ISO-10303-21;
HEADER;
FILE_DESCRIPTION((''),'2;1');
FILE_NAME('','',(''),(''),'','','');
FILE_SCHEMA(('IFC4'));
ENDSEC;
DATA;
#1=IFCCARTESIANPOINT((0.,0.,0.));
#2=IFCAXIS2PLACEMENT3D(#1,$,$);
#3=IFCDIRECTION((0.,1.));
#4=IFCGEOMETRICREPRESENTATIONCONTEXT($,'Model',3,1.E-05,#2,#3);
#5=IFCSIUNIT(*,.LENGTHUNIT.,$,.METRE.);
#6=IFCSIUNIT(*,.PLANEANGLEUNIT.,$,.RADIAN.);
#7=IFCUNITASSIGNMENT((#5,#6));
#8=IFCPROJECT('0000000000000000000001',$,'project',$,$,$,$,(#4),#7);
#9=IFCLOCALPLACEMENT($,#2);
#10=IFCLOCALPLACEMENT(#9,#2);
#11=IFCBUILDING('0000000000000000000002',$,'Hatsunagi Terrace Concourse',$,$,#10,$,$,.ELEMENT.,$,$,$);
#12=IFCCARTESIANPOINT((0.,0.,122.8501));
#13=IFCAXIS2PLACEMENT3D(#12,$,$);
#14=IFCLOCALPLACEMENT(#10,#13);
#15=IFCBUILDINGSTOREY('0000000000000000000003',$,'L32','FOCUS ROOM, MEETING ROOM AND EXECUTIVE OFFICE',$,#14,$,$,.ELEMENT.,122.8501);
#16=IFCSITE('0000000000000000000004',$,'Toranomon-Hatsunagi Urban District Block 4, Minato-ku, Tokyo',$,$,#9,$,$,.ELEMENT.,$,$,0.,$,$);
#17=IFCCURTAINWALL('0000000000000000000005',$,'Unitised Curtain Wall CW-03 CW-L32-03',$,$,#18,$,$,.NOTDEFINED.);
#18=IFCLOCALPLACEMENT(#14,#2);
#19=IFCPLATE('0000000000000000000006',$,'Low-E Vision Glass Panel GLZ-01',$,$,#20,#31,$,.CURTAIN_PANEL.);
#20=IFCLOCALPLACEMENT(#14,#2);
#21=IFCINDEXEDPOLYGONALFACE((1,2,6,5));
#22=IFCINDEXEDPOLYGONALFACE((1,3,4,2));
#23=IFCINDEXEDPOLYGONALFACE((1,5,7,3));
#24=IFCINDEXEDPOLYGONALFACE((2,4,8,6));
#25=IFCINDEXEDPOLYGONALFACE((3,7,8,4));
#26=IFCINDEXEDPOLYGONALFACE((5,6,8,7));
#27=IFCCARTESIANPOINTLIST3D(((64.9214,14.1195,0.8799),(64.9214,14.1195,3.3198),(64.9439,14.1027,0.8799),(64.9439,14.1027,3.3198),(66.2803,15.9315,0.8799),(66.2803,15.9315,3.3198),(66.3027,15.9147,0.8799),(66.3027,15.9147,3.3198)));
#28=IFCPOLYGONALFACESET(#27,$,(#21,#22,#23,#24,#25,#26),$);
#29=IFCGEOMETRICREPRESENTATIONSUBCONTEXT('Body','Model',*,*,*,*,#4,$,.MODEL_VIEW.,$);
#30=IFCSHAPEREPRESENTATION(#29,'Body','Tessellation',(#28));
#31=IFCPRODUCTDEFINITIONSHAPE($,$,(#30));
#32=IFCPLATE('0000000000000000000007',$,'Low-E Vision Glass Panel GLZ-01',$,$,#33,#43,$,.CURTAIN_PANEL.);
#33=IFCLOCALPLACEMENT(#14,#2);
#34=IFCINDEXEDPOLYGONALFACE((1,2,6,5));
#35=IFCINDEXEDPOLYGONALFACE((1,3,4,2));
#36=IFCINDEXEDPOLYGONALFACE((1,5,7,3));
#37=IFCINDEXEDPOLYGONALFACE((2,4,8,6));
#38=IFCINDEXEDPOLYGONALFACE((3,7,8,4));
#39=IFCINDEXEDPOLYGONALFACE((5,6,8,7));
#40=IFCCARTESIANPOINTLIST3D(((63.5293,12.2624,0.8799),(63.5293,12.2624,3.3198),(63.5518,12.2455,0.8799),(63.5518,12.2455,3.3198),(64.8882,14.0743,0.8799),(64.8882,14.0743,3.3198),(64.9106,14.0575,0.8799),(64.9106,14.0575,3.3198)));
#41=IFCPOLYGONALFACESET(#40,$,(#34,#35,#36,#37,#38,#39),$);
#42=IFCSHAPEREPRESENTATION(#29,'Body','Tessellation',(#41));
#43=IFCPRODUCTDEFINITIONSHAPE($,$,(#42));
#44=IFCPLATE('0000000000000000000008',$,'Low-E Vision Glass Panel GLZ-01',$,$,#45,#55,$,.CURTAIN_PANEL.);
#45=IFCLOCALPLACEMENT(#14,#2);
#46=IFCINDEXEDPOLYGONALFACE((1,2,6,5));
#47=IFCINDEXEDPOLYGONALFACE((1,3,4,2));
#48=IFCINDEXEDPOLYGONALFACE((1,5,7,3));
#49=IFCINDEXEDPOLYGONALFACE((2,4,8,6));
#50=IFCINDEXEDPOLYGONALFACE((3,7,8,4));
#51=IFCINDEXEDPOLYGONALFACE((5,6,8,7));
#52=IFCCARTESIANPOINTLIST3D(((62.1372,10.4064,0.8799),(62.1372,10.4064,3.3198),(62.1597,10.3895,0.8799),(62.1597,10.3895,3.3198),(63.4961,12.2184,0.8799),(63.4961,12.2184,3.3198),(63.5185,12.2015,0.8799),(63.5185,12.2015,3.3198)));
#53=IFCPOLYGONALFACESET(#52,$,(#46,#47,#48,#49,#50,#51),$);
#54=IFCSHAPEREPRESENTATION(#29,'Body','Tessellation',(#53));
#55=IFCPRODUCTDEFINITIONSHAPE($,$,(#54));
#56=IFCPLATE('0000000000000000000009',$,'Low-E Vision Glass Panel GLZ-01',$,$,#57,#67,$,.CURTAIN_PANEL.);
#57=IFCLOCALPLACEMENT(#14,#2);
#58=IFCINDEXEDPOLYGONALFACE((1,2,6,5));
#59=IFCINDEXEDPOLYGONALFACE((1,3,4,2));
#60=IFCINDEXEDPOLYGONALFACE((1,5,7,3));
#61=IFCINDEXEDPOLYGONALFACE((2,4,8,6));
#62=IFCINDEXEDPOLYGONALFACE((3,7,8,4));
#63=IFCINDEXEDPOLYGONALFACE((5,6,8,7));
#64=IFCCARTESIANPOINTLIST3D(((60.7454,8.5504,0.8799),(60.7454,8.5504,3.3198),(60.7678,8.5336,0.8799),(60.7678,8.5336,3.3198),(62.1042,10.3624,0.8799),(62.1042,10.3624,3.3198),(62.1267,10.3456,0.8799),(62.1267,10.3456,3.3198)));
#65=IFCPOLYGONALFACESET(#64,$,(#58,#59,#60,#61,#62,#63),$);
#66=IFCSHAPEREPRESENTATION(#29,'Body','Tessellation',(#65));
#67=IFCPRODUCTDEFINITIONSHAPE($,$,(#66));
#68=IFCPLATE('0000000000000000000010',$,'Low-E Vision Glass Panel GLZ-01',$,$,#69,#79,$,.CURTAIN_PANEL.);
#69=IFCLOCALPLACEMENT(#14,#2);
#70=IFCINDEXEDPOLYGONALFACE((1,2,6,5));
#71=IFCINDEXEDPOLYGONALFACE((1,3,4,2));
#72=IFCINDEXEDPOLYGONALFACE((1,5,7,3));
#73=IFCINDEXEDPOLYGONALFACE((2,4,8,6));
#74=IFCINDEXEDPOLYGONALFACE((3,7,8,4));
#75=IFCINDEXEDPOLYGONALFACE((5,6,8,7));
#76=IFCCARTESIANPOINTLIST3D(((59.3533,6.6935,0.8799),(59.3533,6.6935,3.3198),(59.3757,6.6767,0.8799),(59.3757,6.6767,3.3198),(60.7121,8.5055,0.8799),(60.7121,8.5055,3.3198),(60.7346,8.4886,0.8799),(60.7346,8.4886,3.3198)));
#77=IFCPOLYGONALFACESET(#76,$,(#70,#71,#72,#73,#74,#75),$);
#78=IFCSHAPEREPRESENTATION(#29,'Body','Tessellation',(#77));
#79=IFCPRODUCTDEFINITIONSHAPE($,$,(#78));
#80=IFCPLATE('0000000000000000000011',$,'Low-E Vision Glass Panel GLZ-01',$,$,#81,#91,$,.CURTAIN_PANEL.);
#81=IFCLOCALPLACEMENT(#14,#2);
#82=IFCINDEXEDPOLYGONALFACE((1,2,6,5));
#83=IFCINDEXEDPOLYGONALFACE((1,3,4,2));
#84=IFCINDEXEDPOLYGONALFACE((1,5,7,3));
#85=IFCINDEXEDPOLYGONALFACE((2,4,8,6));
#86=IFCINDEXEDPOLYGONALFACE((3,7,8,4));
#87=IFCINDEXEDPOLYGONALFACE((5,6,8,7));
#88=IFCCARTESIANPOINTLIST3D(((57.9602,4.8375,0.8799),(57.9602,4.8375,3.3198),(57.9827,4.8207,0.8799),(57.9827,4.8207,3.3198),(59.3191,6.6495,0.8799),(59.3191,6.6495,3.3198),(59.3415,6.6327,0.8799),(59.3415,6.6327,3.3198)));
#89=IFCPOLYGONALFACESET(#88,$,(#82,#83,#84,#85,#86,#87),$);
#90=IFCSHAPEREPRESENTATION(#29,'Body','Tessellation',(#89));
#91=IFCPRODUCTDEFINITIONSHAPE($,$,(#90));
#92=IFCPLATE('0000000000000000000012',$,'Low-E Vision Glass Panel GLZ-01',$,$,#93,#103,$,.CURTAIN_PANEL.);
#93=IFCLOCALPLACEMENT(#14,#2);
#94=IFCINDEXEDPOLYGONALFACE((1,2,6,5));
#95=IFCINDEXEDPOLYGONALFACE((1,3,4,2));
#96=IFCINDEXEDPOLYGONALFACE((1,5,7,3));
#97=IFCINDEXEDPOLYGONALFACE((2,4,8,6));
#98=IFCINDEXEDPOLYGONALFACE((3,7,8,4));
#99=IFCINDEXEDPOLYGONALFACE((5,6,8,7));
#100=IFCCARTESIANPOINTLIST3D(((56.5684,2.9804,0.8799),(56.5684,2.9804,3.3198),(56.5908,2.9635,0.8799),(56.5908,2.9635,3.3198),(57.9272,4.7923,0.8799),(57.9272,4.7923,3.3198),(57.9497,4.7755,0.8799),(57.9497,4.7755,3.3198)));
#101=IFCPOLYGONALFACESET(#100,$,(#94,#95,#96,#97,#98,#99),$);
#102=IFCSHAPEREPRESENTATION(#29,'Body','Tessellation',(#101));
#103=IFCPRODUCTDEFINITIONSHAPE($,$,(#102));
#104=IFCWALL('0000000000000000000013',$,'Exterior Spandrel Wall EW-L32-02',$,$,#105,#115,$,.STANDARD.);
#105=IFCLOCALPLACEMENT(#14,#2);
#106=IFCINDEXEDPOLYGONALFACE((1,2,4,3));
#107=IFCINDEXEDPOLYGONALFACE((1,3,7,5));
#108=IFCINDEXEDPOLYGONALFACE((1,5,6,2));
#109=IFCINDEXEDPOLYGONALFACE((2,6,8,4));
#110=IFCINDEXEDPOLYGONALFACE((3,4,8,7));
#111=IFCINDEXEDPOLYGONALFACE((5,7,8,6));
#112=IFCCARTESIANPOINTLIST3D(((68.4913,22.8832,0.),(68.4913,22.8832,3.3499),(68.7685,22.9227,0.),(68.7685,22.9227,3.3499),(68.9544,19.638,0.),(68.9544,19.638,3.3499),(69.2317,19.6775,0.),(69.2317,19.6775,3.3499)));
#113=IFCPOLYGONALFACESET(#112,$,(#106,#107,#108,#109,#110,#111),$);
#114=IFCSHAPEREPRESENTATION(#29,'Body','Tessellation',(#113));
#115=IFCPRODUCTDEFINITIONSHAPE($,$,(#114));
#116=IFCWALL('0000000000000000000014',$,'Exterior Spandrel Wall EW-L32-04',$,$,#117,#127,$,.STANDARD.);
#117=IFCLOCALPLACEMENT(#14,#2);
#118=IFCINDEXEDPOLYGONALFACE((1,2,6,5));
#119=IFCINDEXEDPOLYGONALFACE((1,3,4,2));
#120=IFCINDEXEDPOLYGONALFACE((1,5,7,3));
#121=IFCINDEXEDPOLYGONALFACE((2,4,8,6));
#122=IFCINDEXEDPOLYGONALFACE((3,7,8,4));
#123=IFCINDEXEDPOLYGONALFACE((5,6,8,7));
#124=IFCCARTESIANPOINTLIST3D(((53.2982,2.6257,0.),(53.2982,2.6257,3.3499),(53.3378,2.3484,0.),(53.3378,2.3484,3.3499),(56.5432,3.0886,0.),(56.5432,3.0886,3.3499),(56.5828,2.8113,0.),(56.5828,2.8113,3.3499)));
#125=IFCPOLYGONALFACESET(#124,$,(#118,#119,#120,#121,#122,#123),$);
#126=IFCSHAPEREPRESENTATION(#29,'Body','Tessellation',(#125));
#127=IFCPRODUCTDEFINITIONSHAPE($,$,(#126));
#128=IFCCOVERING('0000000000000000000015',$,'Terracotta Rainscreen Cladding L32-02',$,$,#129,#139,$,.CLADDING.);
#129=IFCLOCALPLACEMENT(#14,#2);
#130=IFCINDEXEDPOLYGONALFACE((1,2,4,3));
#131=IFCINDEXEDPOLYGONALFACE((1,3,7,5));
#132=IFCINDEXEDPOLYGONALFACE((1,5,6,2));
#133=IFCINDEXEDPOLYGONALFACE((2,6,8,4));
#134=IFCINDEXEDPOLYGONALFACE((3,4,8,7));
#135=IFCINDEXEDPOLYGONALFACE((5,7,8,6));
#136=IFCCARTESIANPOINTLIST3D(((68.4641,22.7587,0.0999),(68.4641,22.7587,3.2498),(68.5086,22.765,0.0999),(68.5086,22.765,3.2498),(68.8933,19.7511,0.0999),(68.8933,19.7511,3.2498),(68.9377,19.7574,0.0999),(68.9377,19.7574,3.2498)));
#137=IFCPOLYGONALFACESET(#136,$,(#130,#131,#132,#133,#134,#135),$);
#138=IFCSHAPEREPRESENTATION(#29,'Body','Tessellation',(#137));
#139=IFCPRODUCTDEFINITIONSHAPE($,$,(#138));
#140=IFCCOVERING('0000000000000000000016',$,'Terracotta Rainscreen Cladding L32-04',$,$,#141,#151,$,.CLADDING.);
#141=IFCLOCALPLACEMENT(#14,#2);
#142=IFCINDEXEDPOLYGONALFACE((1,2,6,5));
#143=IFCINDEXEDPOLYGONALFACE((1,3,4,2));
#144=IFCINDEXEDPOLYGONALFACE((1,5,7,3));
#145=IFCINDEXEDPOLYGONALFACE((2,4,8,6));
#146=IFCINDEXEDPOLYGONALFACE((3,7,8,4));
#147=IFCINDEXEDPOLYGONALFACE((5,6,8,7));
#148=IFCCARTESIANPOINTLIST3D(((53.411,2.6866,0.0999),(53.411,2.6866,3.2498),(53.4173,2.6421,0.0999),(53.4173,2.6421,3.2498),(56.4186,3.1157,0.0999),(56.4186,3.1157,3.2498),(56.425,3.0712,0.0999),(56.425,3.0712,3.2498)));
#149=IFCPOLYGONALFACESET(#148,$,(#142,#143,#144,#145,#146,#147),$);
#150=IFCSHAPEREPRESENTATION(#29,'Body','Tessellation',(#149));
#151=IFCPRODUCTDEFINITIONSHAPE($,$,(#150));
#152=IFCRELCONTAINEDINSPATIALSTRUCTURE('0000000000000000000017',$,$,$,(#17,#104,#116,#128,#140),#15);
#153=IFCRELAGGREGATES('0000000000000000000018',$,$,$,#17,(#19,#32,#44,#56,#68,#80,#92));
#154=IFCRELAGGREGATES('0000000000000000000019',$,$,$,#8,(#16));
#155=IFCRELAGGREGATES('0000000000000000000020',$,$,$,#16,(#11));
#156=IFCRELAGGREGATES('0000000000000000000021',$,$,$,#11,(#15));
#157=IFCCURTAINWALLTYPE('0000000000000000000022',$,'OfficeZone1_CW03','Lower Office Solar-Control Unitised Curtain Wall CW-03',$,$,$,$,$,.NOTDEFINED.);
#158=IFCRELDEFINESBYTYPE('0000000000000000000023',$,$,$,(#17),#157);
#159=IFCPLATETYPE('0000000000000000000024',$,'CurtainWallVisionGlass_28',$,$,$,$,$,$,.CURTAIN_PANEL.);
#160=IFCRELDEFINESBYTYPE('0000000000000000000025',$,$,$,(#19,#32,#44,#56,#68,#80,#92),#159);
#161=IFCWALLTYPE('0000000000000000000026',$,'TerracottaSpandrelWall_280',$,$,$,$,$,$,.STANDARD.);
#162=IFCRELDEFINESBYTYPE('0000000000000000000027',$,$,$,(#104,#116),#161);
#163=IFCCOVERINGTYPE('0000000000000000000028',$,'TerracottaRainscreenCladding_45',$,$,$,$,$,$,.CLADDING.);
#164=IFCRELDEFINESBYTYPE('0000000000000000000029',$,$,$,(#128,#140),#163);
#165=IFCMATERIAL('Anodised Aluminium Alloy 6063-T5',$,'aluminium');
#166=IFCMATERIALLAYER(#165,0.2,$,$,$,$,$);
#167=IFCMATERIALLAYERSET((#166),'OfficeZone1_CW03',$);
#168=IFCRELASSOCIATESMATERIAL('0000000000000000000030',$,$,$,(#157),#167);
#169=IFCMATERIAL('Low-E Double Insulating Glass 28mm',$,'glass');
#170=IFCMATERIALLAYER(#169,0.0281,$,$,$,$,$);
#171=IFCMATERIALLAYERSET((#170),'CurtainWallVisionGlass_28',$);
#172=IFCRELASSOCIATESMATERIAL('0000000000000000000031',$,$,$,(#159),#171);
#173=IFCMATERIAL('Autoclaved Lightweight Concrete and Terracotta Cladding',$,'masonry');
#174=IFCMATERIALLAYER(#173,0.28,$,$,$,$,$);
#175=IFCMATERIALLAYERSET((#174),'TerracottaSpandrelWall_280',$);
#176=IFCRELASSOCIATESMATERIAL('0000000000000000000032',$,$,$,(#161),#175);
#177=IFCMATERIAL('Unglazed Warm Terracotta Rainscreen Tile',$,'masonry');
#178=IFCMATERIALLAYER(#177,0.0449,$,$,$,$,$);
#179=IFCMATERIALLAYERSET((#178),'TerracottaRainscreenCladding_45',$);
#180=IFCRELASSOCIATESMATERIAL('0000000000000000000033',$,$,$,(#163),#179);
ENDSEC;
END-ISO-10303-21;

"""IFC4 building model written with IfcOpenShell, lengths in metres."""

from ifc_helpers import new_model, si_unit, direction, frame, frame_2d, origin, origin_2d, place, context, subcontext, project, spatial, rectangle, extrude, material, layer, layer_set, type_object, element, aggregate, save


model = new_model("IFC4")

# Units and contexts
model_context = context("Model", 3, precision=1e-05, world=origin(), true_north=direction((0.0, 1.0)))
body_context = subcontext(model_context, "Body", "Model", "MODEL_VIEW")
ifc_project = project(units=[si_unit("LENGTHUNIT", "METRE"), si_unit("PLANEANGLEUNIT", "RADIAN")], contexts=[model_context])

# Site, building, storey
site_placement = place(None, origin())
site = spatial("IfcSite", under=ifc_project, at=site_placement, Name="Toranomon-Hatsunagi Urban District Block 4, Minato-ku, Tokyo", CompositionType="ELEMENT", RefElevation=0.0)
building_placement = place(site_placement, origin())
building = spatial("IfcBuilding", under=site, at=building_placement, Name="Hatsunagi Terrace Concourse", CompositionType="ELEMENT")
storey_placement = place(building_placement, frame((0.0, 0.0, 122.8501)))
storey = spatial("IfcBuildingStorey", under=building, at=storey_placement, Name="L32", Description="FOCUS ROOM, MEETING ROOM AND EXECUTIVE OFFICE", CompositionType="ELEMENT", Elevation=122.8501)

# Curtain wall
ifc_material_1 = material(Name="Anodised Aluminium Alloy 6063-T5", Category="aluminium")
ifc_layer_1 = layer(ifc_material_1, 0.2)
ifc_layer_set_1 = layer_set([ifc_layer_1], Name="OfficeZone1_CW03")
curtain_wall_type = type_object("IfcCurtainWallType", Name="OfficeZone1_CW03", Description="Lower Office Solar-Control Unitised Curtain Wall CW-03", PredefinedType="NOTDEFINED", material=ifc_layer_set_1)
curtain_wall_placement = place(storey_placement, origin())
curtain_wall = element("IfcCurtainWall", 1, at=curtain_wall_placement, inside=storey, type_object=curtain_wall_type, Name="Unitised Curtain Wall CW-03 CW-L32-03", PredefinedType="NOTDEFINED")

# Plates
ifc_material_2 = material(Name="Low-E Double Insulating Glass 28mm", Category="glass")
ifc_layer_2 = layer(ifc_material_2, 0.0281)
ifc_layer_set_2 = layer_set([ifc_layer_2], Name="CurtainWallVisionGlass_28")
plate_type_1 = type_object("IfcPlateType", Name="CurtainWallVisionGlass_28", PredefinedType="CURTAIN_PANEL", material=ifc_layer_set_2)
plate_1_placement = place(storey_placement, frame((65.6121, 15.0171, 0.8799), z_axis=(0.0, 0.0, 1.0), x_axis=(-0.599969, -0.800023, 0.0)))
plate_1 = element("IfcPlate", 2, at=plate_1_placement, type_object=plate_type_1, Name="Low-E Vision Glass Panel GLZ-01", PredefinedType="CURTAIN_PANEL", context=body_context, shape_type="SweptSolid", body=[
    extrude(rectangle(XDim=2.2649, YDim=0.0281, at=origin_2d()), origin(), (0.0, 0.0, 1.0), 2.4399),
])
plate_2_placement = place(storey_placement, frame((64.22, 13.1599, 0.8799), z_axis=(0.0, 0.0, 1.0), x_axis=(-0.599969, -0.800023, 0.0)))
plate_2 = element("IfcPlate", 3, at=plate_2_placement, type_object=plate_type_1, Name="Low-E Vision Glass Panel GLZ-01", PredefinedType="CURTAIN_PANEL", context=body_context, shape_type="SweptSolid", body=[
    extrude(rectangle(XDim=2.2649, YDim=0.0281, at=origin_2d()), origin(), (0.0, 0.0, 1.0), 2.4399),
])
plate_3_placement = place(storey_placement, frame((62.8279, 11.304, 0.8799), z_axis=(0.0, 0.0, 1.0), x_axis=(-0.599969, -0.800023, 0.0)))
plate_3 = element("IfcPlate", 4, at=plate_3_placement, type_object=plate_type_1, Name="Low-E Vision Glass Panel GLZ-01", PredefinedType="CURTAIN_PANEL", context=body_context, shape_type="SweptSolid", body=[
    extrude(rectangle(XDim=2.2649, YDim=0.0281, at=origin_2d()), origin(), (0.0, 0.0, 1.0), 2.4399),
])
plate_4_placement = place(storey_placement, frame((61.436, 9.448, 0.8799), z_axis=(0.0, 0.0, 1.0), x_axis=(-0.599969, -0.800023, 0.0)))
plate_4 = element("IfcPlate", 5, at=plate_4_placement, type_object=plate_type_1, Name="Low-E Vision Glass Panel GLZ-01", PredefinedType="CURTAIN_PANEL", context=body_context, shape_type="SweptSolid", body=[
    extrude(rectangle(XDim=2.2649, YDim=0.0281, at=origin_2d()), origin(), (0.0, 0.0, 1.0), 2.4399),
])
plate_5_placement = place(storey_placement, frame((60.0439, 7.5911, 0.8799), z_axis=(0.0, 0.0, 1.0), x_axis=(-0.599969, -0.800023, 0.0)))
plate_5 = element("IfcPlate", 6, at=plate_5_placement, type_object=plate_type_1, Name="Low-E Vision Glass Panel GLZ-01", PredefinedType="CURTAIN_PANEL", context=body_context, shape_type="SweptSolid", body=[
    extrude(rectangle(XDim=2.2649, YDim=0.0281, at=origin_2d()), origin(), (0.0, 0.0, 1.0), 2.4399),
])
plate_6_placement = place(storey_placement, frame((58.6509, 5.7351, 0.8799), z_axis=(0.0, 0.0, 1.0), x_axis=(-0.599969, -0.800023, 0.0)))
plate_6 = element("IfcPlate", 7, at=plate_6_placement, type_object=plate_type_1, Name="Low-E Vision Glass Panel GLZ-01", PredefinedType="CURTAIN_PANEL", context=body_context, shape_type="SweptSolid", body=[
    extrude(rectangle(XDim=2.2649, YDim=0.0281, at=origin_2d()), origin(), (0.0, 0.0, 1.0), 2.4399),
])
plate_7_placement = place(storey_placement, frame((57.259, 3.8779, 0.8799), z_axis=(0.0, 0.0, 1.0), x_axis=(-0.599969, -0.800023, 0.0)))
plate_7 = element("IfcPlate", 8, at=plate_7_placement, type_object=plate_type_1, Name="Low-E Vision Glass Panel GLZ-01", PredefinedType="CURTAIN_PANEL", context=body_context, shape_type="SweptSolid", body=[
    extrude(rectangle(XDim=2.2649, YDim=0.0281, at=origin_2d()), origin(), (0.0, 0.0, 1.0), 2.4399),
])
aggregate(curtain_wall, [plate_1, plate_2, plate_3, plate_4, plate_5, plate_6, plate_7])

# Walls
ifc_material_3 = material(Name="Autoclaved Lightweight Concrete and Terracotta Cladding", Category="masonry")
ifc_layer_3 = layer(ifc_material_3, 0.28)
ifc_layer_set_3 = layer_set([ifc_layer_3], Name="TerracottaSpandrelWall_280")
wall_type = type_object("IfcWallType", Name="TerracottaSpandrelWall_280", PredefinedType="STANDARD", material=ifc_layer_set_3)
wall_1_placement = place(storey_placement, frame((68.6299, 22.9031, 0.0), z_axis=(0.0, 0.0, 1.0), x_axis=(0.141286, -0.989969, 0.0)))
element("IfcWall", 9, at=wall_1_placement, inside=storey, type_object=wall_type, Name="Exterior Spandrel Wall EW-L32-02", PredefinedType="STANDARD", context=body_context, shape_type="SweptSolid", body=[
    extrude(rectangle(XDim=3.2781, YDim=0.28, at=frame_2d((1.6392, 0.0))), origin(), (0.0, 0.0, 1.0), 3.3499),
])
wall_2_placement = place(storey_placement, frame((56.563, 2.95, 0.0), z_axis=(0.0, 0.0, 1.0), x_axis=(-0.989978, -0.141223, 0.0)))
element("IfcWall", 10, at=wall_2_placement, inside=storey, type_object=wall_type, Name="Exterior Spandrel Wall EW-L32-04", PredefinedType="STANDARD", context=body_context, shape_type="SweptSolid", body=[
    extrude(rectangle(XDim=3.2778, YDim=0.28, at=frame_2d((1.6389, 0.0))), origin(), (0.0, 0.0, 1.0), 3.3499),
])

# Coverings
ifc_material_4 = material(Name="Unglazed Warm Terracotta Rainscreen Tile", Category="masonry")
ifc_layer_4 = layer(ifc_material_4, 0.0449)
ifc_layer_set_4 = layer_set([ifc_layer_4], Name="TerracottaRainscreenCladding_45")
covering_type = type_object("IfcCoveringType", Name="TerracottaRainscreenCladding_45", PredefinedType="CLADDING", material=ifc_layer_set_4)
for number, where, z_axis, x_axis, name in (
    (11, (68.7009, 21.2581, 0.0999), (0.0, 0.0, 1.0), (0.14125, -0.989974, 0.0), "Terracotta Rainscreen Cladding L32-02"),
    (12, (54.918, 2.8789, 0.0999), (0.0, 0.0, 1.0), (-0.989974, -0.14125, 0.0), "Terracotta Rainscreen Cladding L32-04"),
):
    element("IfcCovering", number, at=place(storey_placement, frame(where, z_axis=z_axis, x_axis=x_axis)), inside=storey, type_object=covering_type, Name=name, PredefinedType="CLADDING", context=body_context, shape_type="SweptSolid", body=[
        extrude(rectangle(XDim=3.0381, YDim=0.0449, at=origin_2d()), origin(), (0.0, 0.0, 1.0), 3.1499),
    ])

save(model, "model.ifc")
